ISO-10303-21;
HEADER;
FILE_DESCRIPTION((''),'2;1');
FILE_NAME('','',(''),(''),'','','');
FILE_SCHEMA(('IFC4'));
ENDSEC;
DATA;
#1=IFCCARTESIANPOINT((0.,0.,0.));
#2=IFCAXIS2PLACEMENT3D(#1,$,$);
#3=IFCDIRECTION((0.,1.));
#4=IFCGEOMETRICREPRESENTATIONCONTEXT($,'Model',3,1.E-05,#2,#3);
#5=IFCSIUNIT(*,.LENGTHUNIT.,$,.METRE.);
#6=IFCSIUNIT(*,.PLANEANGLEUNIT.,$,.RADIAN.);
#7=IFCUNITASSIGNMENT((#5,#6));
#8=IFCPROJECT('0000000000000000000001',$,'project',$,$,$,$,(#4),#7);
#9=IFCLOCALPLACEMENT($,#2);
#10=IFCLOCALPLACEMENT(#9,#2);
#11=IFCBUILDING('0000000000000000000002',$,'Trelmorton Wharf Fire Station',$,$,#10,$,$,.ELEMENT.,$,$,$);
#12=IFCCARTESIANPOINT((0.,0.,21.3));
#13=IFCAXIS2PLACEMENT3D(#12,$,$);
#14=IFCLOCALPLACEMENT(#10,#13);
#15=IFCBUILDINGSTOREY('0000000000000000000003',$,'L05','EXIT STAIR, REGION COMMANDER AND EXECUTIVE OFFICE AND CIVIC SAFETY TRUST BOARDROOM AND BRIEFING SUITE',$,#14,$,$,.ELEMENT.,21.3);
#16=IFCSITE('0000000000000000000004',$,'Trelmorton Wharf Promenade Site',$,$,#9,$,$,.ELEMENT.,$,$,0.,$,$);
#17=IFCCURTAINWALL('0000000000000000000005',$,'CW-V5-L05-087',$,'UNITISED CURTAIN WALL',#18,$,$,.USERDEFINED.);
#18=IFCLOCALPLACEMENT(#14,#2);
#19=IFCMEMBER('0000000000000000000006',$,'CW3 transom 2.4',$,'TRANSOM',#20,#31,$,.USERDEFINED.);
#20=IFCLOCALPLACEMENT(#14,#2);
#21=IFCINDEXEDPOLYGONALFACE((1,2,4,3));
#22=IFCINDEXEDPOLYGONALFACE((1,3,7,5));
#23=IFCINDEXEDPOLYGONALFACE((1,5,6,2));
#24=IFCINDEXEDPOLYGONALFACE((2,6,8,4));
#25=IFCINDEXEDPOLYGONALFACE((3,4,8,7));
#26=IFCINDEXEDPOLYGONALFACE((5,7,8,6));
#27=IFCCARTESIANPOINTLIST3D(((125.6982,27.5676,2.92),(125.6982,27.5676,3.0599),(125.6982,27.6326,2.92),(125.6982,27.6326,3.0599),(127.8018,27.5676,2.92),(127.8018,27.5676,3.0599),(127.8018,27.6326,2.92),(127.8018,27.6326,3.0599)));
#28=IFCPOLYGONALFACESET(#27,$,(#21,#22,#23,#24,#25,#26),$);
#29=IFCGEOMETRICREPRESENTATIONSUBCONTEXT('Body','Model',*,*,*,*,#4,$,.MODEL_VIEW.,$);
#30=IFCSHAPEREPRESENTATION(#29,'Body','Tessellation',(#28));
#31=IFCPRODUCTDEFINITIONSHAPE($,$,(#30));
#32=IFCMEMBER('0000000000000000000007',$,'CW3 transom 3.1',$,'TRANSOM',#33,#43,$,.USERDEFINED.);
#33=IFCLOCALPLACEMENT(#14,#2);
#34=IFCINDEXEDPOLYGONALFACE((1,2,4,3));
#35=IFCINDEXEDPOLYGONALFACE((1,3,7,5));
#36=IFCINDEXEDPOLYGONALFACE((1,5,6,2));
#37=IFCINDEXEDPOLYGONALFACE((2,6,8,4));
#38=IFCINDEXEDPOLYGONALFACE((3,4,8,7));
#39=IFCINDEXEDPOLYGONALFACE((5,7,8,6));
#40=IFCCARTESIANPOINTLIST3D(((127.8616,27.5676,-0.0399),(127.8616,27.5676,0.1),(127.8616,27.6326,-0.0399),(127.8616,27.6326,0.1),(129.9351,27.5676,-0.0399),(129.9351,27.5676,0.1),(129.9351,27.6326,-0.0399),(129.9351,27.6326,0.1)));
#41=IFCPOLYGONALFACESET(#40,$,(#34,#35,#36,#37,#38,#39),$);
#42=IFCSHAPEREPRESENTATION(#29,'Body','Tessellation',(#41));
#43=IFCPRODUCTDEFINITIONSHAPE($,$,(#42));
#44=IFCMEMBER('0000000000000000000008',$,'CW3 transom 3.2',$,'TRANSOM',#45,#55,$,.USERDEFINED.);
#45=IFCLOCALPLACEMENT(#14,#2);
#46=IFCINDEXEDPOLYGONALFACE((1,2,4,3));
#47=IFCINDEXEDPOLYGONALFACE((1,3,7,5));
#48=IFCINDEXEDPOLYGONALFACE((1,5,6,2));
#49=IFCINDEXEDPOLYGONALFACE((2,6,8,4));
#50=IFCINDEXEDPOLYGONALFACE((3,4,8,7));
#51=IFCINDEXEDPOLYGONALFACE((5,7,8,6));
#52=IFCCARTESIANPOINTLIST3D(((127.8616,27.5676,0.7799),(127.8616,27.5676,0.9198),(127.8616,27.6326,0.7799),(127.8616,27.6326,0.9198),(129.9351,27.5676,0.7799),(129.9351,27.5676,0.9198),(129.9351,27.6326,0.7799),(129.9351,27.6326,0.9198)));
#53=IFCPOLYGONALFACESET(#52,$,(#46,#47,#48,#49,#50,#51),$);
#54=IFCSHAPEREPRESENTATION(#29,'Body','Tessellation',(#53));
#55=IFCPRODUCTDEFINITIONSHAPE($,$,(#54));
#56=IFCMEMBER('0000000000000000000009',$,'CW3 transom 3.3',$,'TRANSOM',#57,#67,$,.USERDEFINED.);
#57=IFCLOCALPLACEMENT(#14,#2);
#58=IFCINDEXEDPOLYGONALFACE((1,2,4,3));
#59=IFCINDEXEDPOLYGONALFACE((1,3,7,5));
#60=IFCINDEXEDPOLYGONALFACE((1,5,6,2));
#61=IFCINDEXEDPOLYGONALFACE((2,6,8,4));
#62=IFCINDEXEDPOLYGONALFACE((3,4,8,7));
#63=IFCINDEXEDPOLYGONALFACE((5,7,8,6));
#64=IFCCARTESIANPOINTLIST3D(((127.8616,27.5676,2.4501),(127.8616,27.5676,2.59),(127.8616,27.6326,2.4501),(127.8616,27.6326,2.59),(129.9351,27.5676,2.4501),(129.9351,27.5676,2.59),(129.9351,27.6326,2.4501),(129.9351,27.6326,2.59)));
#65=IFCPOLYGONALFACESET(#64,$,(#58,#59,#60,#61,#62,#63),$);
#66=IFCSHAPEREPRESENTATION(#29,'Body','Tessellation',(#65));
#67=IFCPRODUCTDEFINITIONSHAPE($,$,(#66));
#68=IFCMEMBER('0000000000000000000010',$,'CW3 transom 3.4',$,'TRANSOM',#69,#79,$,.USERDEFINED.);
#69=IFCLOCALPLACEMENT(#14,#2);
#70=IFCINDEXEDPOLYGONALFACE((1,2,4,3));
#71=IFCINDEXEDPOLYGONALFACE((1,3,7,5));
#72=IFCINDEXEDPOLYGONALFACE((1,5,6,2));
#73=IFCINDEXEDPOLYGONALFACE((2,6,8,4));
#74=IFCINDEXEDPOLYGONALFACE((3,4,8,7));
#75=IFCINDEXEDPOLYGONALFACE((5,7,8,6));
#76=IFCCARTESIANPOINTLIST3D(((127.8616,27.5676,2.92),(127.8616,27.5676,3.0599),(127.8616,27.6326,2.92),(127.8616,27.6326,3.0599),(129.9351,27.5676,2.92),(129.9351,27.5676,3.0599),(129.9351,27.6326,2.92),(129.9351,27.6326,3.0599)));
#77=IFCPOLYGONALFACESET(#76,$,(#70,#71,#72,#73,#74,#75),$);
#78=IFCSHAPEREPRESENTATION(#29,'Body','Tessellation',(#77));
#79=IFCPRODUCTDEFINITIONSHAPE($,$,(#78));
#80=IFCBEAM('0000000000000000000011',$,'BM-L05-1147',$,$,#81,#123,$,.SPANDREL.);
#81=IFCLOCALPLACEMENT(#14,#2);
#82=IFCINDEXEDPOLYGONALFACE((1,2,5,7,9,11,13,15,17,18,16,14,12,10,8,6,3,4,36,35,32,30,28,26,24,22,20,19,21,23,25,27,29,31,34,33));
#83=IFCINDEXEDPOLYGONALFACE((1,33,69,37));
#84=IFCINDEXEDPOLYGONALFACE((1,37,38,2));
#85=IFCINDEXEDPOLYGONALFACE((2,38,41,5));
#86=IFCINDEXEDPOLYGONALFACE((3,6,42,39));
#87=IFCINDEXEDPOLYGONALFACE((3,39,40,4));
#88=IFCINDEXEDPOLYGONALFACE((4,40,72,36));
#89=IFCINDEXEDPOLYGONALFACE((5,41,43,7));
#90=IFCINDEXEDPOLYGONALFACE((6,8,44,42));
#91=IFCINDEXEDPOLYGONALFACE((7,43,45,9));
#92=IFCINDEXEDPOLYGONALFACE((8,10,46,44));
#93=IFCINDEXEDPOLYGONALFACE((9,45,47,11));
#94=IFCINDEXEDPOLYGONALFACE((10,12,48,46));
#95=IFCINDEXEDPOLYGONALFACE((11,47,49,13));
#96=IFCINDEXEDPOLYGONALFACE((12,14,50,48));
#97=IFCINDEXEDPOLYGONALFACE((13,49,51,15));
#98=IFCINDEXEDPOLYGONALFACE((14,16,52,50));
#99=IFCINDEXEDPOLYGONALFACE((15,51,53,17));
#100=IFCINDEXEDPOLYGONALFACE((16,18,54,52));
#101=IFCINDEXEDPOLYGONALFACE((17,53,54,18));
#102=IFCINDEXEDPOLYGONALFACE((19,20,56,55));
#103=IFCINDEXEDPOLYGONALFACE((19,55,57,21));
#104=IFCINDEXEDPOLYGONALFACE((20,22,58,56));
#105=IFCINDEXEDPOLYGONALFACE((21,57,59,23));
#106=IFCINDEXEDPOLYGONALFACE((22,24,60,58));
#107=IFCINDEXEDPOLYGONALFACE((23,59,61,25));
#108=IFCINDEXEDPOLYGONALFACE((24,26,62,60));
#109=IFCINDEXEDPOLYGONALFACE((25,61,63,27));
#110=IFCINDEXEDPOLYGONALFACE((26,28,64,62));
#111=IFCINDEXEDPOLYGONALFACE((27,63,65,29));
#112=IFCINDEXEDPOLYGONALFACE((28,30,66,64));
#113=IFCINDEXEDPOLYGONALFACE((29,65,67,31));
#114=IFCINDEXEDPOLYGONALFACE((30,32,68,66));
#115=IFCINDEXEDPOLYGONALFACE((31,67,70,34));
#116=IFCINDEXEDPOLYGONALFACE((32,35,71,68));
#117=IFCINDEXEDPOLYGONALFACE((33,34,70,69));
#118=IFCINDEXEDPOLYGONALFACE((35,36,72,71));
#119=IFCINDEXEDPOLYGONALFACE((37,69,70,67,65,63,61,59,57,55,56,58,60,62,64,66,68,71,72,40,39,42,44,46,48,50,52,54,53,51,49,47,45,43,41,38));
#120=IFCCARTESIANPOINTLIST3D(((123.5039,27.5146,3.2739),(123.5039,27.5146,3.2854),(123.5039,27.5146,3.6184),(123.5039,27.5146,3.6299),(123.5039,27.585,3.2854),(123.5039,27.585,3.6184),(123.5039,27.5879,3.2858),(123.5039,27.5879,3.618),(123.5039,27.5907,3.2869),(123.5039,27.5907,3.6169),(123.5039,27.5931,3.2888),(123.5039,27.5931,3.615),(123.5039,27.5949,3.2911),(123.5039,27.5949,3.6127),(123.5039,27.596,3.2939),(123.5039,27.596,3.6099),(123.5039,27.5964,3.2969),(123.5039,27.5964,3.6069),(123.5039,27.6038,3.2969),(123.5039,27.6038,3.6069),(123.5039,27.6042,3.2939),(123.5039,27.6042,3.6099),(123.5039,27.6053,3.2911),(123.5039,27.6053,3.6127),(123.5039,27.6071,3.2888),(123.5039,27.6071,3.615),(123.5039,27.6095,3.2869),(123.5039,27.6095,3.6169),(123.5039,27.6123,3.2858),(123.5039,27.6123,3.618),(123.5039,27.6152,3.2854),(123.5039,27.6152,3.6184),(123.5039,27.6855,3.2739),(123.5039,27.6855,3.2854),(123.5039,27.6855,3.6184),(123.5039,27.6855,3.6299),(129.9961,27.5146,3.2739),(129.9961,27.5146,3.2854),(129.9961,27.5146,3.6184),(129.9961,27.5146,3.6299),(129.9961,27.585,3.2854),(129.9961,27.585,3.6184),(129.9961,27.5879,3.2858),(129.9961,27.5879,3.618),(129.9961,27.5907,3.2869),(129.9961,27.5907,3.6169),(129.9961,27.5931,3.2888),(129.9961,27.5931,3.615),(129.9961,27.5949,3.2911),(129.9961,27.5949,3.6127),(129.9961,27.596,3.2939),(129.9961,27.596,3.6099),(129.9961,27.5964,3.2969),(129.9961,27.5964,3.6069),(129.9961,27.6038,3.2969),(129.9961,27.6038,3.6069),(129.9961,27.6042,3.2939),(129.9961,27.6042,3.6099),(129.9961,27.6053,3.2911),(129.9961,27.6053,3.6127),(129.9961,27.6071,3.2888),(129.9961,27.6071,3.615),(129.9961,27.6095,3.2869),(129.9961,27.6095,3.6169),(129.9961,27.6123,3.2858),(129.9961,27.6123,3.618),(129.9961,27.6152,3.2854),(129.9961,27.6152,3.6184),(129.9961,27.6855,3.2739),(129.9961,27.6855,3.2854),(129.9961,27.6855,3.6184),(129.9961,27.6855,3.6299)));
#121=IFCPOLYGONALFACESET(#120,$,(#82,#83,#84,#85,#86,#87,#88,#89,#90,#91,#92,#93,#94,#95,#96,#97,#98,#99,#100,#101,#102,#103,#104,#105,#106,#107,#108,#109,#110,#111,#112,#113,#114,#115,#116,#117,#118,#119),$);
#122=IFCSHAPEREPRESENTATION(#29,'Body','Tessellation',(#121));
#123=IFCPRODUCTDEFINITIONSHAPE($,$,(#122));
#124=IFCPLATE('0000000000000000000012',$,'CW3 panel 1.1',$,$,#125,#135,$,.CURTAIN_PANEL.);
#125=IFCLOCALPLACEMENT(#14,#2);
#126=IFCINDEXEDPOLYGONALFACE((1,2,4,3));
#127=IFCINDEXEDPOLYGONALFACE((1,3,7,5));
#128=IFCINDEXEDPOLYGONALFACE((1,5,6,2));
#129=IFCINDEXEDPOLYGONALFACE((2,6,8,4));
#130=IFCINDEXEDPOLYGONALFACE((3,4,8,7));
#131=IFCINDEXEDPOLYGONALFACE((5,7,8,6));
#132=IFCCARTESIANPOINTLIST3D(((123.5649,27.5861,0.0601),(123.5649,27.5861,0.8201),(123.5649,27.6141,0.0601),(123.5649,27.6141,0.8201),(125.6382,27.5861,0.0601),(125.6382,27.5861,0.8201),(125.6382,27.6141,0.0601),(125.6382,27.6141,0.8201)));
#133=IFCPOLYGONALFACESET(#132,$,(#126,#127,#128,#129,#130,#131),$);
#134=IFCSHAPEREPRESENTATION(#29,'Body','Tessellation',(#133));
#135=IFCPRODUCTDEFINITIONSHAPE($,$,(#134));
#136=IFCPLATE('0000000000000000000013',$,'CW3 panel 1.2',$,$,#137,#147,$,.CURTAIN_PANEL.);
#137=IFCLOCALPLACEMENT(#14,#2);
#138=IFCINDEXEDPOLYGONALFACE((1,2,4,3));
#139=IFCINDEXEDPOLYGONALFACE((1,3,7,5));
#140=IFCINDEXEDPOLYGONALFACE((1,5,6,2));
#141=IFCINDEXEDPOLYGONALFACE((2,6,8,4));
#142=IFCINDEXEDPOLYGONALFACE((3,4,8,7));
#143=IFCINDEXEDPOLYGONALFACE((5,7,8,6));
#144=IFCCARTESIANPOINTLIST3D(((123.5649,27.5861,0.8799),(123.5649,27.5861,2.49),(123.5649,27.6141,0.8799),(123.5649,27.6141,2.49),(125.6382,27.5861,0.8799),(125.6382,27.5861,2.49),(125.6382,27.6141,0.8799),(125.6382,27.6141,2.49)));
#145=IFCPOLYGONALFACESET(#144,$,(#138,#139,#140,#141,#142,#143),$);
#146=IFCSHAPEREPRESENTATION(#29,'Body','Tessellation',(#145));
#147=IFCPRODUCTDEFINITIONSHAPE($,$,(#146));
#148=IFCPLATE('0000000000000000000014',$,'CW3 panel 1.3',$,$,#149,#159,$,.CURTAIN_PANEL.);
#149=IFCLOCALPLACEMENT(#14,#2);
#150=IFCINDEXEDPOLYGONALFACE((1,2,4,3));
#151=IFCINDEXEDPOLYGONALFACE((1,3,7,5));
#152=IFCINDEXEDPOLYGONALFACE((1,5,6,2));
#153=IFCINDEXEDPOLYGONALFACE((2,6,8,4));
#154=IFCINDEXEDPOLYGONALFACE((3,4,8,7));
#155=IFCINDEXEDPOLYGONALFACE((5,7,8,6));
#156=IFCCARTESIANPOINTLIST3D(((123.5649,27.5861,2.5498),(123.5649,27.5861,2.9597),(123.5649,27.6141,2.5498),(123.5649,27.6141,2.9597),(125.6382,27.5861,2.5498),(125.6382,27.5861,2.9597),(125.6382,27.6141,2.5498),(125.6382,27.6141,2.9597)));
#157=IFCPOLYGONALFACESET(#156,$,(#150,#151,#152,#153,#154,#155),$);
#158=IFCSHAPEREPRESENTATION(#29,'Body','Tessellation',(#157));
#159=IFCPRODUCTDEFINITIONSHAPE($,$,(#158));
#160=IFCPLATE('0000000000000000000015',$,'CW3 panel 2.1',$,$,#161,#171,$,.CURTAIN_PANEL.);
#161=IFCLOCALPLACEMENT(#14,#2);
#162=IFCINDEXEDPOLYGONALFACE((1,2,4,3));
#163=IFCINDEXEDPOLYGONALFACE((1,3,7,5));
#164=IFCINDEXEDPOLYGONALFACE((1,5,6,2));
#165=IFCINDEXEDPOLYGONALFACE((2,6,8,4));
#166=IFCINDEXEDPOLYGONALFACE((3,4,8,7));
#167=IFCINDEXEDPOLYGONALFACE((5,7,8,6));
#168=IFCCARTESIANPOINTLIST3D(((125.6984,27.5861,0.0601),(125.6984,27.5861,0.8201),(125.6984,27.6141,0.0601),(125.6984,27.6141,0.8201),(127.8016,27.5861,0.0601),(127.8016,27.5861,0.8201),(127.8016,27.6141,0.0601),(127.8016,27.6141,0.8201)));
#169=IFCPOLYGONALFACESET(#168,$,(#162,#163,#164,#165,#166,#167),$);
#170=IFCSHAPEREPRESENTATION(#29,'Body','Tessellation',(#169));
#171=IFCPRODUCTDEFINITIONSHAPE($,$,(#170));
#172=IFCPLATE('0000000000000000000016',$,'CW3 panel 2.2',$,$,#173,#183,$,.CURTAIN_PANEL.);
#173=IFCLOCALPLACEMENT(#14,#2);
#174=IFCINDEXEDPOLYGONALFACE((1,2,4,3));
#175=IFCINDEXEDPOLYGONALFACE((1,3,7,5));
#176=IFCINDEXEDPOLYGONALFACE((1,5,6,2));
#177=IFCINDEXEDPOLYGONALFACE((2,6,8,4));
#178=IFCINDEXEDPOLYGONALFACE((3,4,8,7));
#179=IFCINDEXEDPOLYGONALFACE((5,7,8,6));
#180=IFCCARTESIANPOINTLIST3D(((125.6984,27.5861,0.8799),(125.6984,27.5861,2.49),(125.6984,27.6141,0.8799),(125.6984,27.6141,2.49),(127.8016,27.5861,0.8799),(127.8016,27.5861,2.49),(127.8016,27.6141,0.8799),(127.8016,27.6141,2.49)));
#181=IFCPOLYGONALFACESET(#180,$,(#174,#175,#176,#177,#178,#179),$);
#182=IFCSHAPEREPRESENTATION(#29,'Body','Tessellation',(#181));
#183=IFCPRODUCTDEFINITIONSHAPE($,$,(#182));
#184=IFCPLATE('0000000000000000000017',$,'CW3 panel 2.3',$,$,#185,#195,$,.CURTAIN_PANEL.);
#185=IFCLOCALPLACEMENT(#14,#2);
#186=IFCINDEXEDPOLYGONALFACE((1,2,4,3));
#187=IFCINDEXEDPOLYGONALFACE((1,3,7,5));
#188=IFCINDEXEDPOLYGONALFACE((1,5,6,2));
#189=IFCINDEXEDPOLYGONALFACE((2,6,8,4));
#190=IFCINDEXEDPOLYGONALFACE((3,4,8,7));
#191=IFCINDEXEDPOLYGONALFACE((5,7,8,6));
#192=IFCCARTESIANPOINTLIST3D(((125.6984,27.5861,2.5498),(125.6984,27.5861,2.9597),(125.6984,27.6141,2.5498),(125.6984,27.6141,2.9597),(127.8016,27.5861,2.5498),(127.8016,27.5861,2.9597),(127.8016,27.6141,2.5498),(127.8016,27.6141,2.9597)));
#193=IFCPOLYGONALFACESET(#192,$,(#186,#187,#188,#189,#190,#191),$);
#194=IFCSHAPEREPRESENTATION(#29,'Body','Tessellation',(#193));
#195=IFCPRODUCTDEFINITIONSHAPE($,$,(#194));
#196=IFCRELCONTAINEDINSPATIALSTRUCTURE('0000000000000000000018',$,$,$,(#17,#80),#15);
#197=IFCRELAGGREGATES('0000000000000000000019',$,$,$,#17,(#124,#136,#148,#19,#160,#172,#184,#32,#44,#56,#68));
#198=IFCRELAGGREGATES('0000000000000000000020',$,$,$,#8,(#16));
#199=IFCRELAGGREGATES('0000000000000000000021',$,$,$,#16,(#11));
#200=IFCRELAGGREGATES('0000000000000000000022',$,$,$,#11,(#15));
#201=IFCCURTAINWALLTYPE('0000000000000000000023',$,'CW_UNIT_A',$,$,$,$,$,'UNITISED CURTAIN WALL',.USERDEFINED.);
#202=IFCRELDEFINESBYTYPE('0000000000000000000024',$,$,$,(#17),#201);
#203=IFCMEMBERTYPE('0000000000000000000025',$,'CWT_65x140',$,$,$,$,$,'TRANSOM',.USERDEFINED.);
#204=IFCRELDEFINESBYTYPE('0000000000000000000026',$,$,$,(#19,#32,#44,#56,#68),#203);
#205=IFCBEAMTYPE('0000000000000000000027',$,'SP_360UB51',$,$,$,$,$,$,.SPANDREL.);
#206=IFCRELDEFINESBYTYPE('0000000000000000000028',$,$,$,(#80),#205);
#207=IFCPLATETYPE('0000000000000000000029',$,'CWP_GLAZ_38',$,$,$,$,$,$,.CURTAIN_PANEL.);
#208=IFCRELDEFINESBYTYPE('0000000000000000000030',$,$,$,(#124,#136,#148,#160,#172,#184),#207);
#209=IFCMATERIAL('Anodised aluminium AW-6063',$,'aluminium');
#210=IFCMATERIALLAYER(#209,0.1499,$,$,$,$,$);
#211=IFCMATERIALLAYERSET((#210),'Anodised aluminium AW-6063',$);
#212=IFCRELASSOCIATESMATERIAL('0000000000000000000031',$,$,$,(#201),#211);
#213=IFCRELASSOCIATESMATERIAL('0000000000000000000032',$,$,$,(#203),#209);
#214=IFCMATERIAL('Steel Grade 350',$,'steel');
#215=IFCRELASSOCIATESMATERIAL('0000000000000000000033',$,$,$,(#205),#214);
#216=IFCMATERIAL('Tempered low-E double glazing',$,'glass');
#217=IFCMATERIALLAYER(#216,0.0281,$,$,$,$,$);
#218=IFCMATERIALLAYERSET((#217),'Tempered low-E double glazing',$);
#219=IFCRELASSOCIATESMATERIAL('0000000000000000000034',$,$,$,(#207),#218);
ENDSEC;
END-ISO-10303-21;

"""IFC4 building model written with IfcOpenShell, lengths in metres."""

from ifc_helpers import new_model, si_unit, direction, frame, origin, origin_2d, place, context, subcontext, project, spatial, rectangle, i_section, extrude, material, layer, layer_set, material_profile, profile_set, type_object, element, aggregate, save


model = new_model("IFC4")

# Units and contexts
model_context = context("Model", 3, precision=1e-05, world=origin(), true_north=direction((0.0, 1.0)))
body_context = subcontext(model_context, "Body", "Model", "MODEL_VIEW")
ifc_project = project(units=[si_unit("LENGTHUNIT", "METRE"), si_unit("PLANEANGLEUNIT", "RADIAN")], contexts=[model_context])

# Site, building, storey
site_placement = place(None, origin())
site = spatial("IfcSite", under=ifc_project, at=site_placement, Name="Trelmorton Wharf Promenade Site", CompositionType="ELEMENT", RefElevation=0.0)
building_placement = place(site_placement, origin())
building = spatial("IfcBuilding", under=site, at=building_placement, Name="Trelmorton Wharf Fire Station", CompositionType="ELEMENT")
storey_placement = place(building_placement, frame((0.0, 0.0, 21.3)))
storey = spatial("IfcBuildingStorey", under=building, at=storey_placement, Name="L05", Description="EXIT STAIR, REGION COMMANDER AND EXECUTIVE OFFICE AND CIVIC SAFETY TRUST BOARDROOM AND BRIEFING SUITE", CompositionType="ELEMENT", Elevation=21.3)

# Shared definitions
ifc_material_1 = material(Name="Steel Grade 350", Category="steel")

# Curtain wall, members
ifc_material_2 = material(Name="Anodised aluminium AW-6063", Category="aluminium")
ifc_layer_1 = layer(ifc_material_2, 0.1499)
ifc_layer_set_1 = layer_set([ifc_layer_1], Name="Anodised aluminium AW-6063")
curtain_wall_type = type_object("IfcCurtainWallType", Name="CW_UNIT_A", ElementType="UNITISED CURTAIN WALL", PredefinedType="USERDEFINED", material=ifc_layer_set_1)
curtain_wall_placement = place(storey_placement, origin())
curtain_wall = element("IfcCurtainWall", 1, at=curtain_wall_placement, inside=storey, type_object=curtain_wall_type, Name="CW-V5-L05-087", ObjectType="UNITISED CURTAIN WALL", PredefinedType="USERDEFINED")
ifc_material_profile_1 = material_profile(ifc_material_2, rectangle(XDim=0.0649, YDim=0.1399, at=origin_2d()), Name="ALU-65x140")
ifc_profile_set_1 = profile_set([ifc_material_profile_1], Name="Anodised aluminium AW-6063")
member_type_1 = type_object("IfcMemberType", Name="CWT_65x140", ElementType="TRANSOM", PredefinedType="USERDEFINED", material=ifc_profile_set_1)
member_1_placement = place(storey_placement, frame((125.6982, 27.6001, 2.99), z_axis=(1.0, 0.0, 0.0), x_axis=(0.0, 1.0, 0.0)))
member_1 = element("IfcMember", 2, at=member_1_placement, type_object=member_type_1, Name="CW3 transom 2.4", ObjectType="TRANSOM", PredefinedType="USERDEFINED", context=body_context, shape_type="SweptSolid", body=[
    extrude(rectangle(XDim=0.0649, YDim=0.1399, at=origin_2d()), origin(), (0.0, 0.0, 1.0), 2.1035),
])
member_2_placement = place(storey_placement, frame((127.8616, 27.6001, 0.03), z_axis=(1.0, 0.0, 0.0), x_axis=(0.0, 1.0, 0.0)))
member_2 = element("IfcMember", 3, at=member_2_placement, type_object=member_type_1, Name="CW3 transom 3.1", ObjectType="TRANSOM", PredefinedType="USERDEFINED", context=body_context, shape_type="SweptSolid", body=[
    extrude(rectangle(XDim=0.0649, YDim=0.1399, at=origin_2d()), origin(), (0.0, 0.0, 1.0), 2.0735),
])
member_3_placement = place(storey_placement, frame((127.8616, 27.6001, 0.8499), z_axis=(1.0, 0.0, 0.0), x_axis=(0.0, 1.0, 0.0)))
member_3 = element("IfcMember", 4, at=member_3_placement, type_object=member_type_1, Name="CW3 transom 3.2", ObjectType="TRANSOM", PredefinedType="USERDEFINED", context=body_context, shape_type="SweptSolid", body=[
    extrude(rectangle(XDim=0.0649, YDim=0.1399, at=origin_2d()), origin(), (0.0, 0.0, 1.0), 2.0735),
])
member_4_placement = place(storey_placement, frame((127.8616, 27.6001, 2.52), z_axis=(1.0, 0.0, 0.0), x_axis=(0.0, 1.0, 0.0)))
member_4 = element("IfcMember", 5, at=member_4_placement, type_object=member_type_1, Name="CW3 transom 3.3", ObjectType="TRANSOM", PredefinedType="USERDEFINED", context=body_context, shape_type="SweptSolid", body=[
    extrude(rectangle(XDim=0.0649, YDim=0.1399, at=origin_2d()), origin(), (0.0, 0.0, 1.0), 2.0735),
])
member_5_placement = place(storey_placement, frame((127.8616, 27.6001, 2.99), z_axis=(1.0, 0.0, 0.0), x_axis=(0.0, 1.0, 0.0)))
member_5 = element("IfcMember", 6, at=member_5_placement, type_object=member_type_1, Name="CW3 transom 3.4", ObjectType="TRANSOM", PredefinedType="USERDEFINED", context=body_context, shape_type="SweptSolid", body=[
    extrude(rectangle(XDim=0.0649, YDim=0.1399, at=origin_2d()), origin(), (0.0, 0.0, 1.0), 2.0735),
])

# Beam
ifc_material_profile_2 = material_profile(ifc_material_1, i_section(OverallWidth=0.1709, OverallDepth=0.356, WebThickness=0.0073, FlangeThickness=0.0115, FilletRadius=0.0115, at=origin_2d()), Name="360UB50.7")
ifc_profile_set_2 = profile_set([ifc_material_profile_2], Name="Steel Grade 350")
beam_type_1 = type_object("IfcBeamType", Name="SP_360UB51", PredefinedType="SPANDREL", material=ifc_profile_set_2)
beam_1_placement = place(storey_placement, frame((123.5039, 27.6001, 3.4519), z_axis=(1.0, 0.0, 0.0), x_axis=(0.0, 1.0, 0.0)))
element("IfcBeam", 7, at=beam_1_placement, inside=storey, type_object=beam_type_1, Name="BM-L05-1147", PredefinedType="SPANDREL", context=body_context, shape_type="SweptSolid", body=[
    extrude(i_section(OverallWidth=0.1709, OverallDepth=0.356, WebThickness=0.0073, FlangeThickness=0.0115, FilletRadius=0.0115, at=origin_2d()), origin(), (0.0, 0.0, 1.0), 6.4922),
])

# Plates
ifc_material_3 = material(Name="Tempered low-E double glazing", Category="glass")
ifc_layer_2 = layer(ifc_material_3, 0.0281)
ifc_layer_set_2 = layer_set([ifc_layer_2], Name="Tempered low-E double glazing")
plate_type = type_object("IfcPlateType", Name="CWP_GLAZ_38", PredefinedType="CURTAIN_PANEL", material=ifc_layer_set_2)
plate_1_placement = place(storey_placement, frame((124.6016, 27.6001, 0.0601), z_axis=(0.0, 0.0, 1.0), x_axis=(1.0, 0.0, 0.0)))
plate_1 = element("IfcPlate", 8, at=plate_1_placement, type_object=plate_type, Name="CW3 panel 1.1", PredefinedType="CURTAIN_PANEL", context=body_context, shape_type="SweptSolid", body=[
    extrude(rectangle(XDim=2.0732, YDim=0.0281, at=origin_2d()), origin(), (0.0, 0.0, 1.0), 0.76),
])
plate_2_placement = place(storey_placement, frame((124.6016, 27.6001, 0.8799), z_axis=(0.0, 0.0, 1.0), x_axis=(1.0, 0.0, 0.0)))
plate_2 = element("IfcPlate", 9, at=plate_2_placement, type_object=plate_type, Name="CW3 panel 1.2", PredefinedType="CURTAIN_PANEL", context=body_context, shape_type="SweptSolid", body=[
    extrude(rectangle(XDim=2.0732, YDim=0.0281, at=origin_2d()), origin(), (0.0, 0.0, 1.0), 1.6101),
])
plate_3_placement = place(storey_placement, frame((124.6016, 27.6001, 2.5498), z_axis=(0.0, 0.0, 1.0), x_axis=(1.0, 0.0, 0.0)))
plate_3 = element("IfcPlate", 10, at=plate_3_placement, type_object=plate_type, Name="CW3 panel 1.3", PredefinedType="CURTAIN_PANEL", context=body_context, shape_type="SweptSolid", body=[
    extrude(rectangle(XDim=2.0732, YDim=0.0281, at=origin_2d()), origin(), (0.0, 0.0, 1.0), 0.4099),
])
plate_4_placement = place(storey_placement, frame((126.75, 27.6001, 0.0601), z_axis=(0.0, 0.0, 1.0), x_axis=(1.0, 0.0, 0.0)))
plate_4 = element("IfcPlate", 11, at=plate_4_placement, type_object=plate_type, Name="CW3 panel 2.1", PredefinedType="CURTAIN_PANEL", context=body_context, shape_type="SweptSolid", body=[
    extrude(rectangle(XDim=2.1033, YDim=0.0281, at=origin_2d()), origin(), (0.0, 0.0, 1.0), 0.76),
])
plate_5_placement = place(storey_placement, frame((126.75, 27.6001, 0.8799), z_axis=(0.0, 0.0, 1.0), x_axis=(1.0, 0.0, 0.0)))
plate_5 = element("IfcPlate", 12, at=plate_5_placement, type_object=plate_type, Name="CW3 panel 2.2", PredefinedType="CURTAIN_PANEL", context=body_context, shape_type="SweptSolid", body=[
    extrude(rectangle(XDim=2.1033, YDim=0.0281, at=origin_2d()), origin(), (0.0, 0.0, 1.0), 1.6101),
])
plate_6_placement = place(storey_placement, frame((126.75, 27.6001, 2.5498), z_axis=(0.0, 0.0, 1.0), x_axis=(1.0, 0.0, 0.0)))
plate_6 = element("IfcPlate", 13, at=plate_6_placement, type_object=plate_type, Name="CW3 panel 2.3", PredefinedType="CURTAIN_PANEL", context=body_context, shape_type="SweptSolid", body=[
    extrude(rectangle(XDim=2.1033, YDim=0.0281, at=origin_2d()), origin(), (0.0, 0.0, 1.0), 0.4099),
])
aggregate(curtain_wall, [plate_1, plate_2, plate_3, member_1, plate_4, plate_5, plate_6, member_2, member_3, member_4, member_5])

save(model, "model.ifc")
